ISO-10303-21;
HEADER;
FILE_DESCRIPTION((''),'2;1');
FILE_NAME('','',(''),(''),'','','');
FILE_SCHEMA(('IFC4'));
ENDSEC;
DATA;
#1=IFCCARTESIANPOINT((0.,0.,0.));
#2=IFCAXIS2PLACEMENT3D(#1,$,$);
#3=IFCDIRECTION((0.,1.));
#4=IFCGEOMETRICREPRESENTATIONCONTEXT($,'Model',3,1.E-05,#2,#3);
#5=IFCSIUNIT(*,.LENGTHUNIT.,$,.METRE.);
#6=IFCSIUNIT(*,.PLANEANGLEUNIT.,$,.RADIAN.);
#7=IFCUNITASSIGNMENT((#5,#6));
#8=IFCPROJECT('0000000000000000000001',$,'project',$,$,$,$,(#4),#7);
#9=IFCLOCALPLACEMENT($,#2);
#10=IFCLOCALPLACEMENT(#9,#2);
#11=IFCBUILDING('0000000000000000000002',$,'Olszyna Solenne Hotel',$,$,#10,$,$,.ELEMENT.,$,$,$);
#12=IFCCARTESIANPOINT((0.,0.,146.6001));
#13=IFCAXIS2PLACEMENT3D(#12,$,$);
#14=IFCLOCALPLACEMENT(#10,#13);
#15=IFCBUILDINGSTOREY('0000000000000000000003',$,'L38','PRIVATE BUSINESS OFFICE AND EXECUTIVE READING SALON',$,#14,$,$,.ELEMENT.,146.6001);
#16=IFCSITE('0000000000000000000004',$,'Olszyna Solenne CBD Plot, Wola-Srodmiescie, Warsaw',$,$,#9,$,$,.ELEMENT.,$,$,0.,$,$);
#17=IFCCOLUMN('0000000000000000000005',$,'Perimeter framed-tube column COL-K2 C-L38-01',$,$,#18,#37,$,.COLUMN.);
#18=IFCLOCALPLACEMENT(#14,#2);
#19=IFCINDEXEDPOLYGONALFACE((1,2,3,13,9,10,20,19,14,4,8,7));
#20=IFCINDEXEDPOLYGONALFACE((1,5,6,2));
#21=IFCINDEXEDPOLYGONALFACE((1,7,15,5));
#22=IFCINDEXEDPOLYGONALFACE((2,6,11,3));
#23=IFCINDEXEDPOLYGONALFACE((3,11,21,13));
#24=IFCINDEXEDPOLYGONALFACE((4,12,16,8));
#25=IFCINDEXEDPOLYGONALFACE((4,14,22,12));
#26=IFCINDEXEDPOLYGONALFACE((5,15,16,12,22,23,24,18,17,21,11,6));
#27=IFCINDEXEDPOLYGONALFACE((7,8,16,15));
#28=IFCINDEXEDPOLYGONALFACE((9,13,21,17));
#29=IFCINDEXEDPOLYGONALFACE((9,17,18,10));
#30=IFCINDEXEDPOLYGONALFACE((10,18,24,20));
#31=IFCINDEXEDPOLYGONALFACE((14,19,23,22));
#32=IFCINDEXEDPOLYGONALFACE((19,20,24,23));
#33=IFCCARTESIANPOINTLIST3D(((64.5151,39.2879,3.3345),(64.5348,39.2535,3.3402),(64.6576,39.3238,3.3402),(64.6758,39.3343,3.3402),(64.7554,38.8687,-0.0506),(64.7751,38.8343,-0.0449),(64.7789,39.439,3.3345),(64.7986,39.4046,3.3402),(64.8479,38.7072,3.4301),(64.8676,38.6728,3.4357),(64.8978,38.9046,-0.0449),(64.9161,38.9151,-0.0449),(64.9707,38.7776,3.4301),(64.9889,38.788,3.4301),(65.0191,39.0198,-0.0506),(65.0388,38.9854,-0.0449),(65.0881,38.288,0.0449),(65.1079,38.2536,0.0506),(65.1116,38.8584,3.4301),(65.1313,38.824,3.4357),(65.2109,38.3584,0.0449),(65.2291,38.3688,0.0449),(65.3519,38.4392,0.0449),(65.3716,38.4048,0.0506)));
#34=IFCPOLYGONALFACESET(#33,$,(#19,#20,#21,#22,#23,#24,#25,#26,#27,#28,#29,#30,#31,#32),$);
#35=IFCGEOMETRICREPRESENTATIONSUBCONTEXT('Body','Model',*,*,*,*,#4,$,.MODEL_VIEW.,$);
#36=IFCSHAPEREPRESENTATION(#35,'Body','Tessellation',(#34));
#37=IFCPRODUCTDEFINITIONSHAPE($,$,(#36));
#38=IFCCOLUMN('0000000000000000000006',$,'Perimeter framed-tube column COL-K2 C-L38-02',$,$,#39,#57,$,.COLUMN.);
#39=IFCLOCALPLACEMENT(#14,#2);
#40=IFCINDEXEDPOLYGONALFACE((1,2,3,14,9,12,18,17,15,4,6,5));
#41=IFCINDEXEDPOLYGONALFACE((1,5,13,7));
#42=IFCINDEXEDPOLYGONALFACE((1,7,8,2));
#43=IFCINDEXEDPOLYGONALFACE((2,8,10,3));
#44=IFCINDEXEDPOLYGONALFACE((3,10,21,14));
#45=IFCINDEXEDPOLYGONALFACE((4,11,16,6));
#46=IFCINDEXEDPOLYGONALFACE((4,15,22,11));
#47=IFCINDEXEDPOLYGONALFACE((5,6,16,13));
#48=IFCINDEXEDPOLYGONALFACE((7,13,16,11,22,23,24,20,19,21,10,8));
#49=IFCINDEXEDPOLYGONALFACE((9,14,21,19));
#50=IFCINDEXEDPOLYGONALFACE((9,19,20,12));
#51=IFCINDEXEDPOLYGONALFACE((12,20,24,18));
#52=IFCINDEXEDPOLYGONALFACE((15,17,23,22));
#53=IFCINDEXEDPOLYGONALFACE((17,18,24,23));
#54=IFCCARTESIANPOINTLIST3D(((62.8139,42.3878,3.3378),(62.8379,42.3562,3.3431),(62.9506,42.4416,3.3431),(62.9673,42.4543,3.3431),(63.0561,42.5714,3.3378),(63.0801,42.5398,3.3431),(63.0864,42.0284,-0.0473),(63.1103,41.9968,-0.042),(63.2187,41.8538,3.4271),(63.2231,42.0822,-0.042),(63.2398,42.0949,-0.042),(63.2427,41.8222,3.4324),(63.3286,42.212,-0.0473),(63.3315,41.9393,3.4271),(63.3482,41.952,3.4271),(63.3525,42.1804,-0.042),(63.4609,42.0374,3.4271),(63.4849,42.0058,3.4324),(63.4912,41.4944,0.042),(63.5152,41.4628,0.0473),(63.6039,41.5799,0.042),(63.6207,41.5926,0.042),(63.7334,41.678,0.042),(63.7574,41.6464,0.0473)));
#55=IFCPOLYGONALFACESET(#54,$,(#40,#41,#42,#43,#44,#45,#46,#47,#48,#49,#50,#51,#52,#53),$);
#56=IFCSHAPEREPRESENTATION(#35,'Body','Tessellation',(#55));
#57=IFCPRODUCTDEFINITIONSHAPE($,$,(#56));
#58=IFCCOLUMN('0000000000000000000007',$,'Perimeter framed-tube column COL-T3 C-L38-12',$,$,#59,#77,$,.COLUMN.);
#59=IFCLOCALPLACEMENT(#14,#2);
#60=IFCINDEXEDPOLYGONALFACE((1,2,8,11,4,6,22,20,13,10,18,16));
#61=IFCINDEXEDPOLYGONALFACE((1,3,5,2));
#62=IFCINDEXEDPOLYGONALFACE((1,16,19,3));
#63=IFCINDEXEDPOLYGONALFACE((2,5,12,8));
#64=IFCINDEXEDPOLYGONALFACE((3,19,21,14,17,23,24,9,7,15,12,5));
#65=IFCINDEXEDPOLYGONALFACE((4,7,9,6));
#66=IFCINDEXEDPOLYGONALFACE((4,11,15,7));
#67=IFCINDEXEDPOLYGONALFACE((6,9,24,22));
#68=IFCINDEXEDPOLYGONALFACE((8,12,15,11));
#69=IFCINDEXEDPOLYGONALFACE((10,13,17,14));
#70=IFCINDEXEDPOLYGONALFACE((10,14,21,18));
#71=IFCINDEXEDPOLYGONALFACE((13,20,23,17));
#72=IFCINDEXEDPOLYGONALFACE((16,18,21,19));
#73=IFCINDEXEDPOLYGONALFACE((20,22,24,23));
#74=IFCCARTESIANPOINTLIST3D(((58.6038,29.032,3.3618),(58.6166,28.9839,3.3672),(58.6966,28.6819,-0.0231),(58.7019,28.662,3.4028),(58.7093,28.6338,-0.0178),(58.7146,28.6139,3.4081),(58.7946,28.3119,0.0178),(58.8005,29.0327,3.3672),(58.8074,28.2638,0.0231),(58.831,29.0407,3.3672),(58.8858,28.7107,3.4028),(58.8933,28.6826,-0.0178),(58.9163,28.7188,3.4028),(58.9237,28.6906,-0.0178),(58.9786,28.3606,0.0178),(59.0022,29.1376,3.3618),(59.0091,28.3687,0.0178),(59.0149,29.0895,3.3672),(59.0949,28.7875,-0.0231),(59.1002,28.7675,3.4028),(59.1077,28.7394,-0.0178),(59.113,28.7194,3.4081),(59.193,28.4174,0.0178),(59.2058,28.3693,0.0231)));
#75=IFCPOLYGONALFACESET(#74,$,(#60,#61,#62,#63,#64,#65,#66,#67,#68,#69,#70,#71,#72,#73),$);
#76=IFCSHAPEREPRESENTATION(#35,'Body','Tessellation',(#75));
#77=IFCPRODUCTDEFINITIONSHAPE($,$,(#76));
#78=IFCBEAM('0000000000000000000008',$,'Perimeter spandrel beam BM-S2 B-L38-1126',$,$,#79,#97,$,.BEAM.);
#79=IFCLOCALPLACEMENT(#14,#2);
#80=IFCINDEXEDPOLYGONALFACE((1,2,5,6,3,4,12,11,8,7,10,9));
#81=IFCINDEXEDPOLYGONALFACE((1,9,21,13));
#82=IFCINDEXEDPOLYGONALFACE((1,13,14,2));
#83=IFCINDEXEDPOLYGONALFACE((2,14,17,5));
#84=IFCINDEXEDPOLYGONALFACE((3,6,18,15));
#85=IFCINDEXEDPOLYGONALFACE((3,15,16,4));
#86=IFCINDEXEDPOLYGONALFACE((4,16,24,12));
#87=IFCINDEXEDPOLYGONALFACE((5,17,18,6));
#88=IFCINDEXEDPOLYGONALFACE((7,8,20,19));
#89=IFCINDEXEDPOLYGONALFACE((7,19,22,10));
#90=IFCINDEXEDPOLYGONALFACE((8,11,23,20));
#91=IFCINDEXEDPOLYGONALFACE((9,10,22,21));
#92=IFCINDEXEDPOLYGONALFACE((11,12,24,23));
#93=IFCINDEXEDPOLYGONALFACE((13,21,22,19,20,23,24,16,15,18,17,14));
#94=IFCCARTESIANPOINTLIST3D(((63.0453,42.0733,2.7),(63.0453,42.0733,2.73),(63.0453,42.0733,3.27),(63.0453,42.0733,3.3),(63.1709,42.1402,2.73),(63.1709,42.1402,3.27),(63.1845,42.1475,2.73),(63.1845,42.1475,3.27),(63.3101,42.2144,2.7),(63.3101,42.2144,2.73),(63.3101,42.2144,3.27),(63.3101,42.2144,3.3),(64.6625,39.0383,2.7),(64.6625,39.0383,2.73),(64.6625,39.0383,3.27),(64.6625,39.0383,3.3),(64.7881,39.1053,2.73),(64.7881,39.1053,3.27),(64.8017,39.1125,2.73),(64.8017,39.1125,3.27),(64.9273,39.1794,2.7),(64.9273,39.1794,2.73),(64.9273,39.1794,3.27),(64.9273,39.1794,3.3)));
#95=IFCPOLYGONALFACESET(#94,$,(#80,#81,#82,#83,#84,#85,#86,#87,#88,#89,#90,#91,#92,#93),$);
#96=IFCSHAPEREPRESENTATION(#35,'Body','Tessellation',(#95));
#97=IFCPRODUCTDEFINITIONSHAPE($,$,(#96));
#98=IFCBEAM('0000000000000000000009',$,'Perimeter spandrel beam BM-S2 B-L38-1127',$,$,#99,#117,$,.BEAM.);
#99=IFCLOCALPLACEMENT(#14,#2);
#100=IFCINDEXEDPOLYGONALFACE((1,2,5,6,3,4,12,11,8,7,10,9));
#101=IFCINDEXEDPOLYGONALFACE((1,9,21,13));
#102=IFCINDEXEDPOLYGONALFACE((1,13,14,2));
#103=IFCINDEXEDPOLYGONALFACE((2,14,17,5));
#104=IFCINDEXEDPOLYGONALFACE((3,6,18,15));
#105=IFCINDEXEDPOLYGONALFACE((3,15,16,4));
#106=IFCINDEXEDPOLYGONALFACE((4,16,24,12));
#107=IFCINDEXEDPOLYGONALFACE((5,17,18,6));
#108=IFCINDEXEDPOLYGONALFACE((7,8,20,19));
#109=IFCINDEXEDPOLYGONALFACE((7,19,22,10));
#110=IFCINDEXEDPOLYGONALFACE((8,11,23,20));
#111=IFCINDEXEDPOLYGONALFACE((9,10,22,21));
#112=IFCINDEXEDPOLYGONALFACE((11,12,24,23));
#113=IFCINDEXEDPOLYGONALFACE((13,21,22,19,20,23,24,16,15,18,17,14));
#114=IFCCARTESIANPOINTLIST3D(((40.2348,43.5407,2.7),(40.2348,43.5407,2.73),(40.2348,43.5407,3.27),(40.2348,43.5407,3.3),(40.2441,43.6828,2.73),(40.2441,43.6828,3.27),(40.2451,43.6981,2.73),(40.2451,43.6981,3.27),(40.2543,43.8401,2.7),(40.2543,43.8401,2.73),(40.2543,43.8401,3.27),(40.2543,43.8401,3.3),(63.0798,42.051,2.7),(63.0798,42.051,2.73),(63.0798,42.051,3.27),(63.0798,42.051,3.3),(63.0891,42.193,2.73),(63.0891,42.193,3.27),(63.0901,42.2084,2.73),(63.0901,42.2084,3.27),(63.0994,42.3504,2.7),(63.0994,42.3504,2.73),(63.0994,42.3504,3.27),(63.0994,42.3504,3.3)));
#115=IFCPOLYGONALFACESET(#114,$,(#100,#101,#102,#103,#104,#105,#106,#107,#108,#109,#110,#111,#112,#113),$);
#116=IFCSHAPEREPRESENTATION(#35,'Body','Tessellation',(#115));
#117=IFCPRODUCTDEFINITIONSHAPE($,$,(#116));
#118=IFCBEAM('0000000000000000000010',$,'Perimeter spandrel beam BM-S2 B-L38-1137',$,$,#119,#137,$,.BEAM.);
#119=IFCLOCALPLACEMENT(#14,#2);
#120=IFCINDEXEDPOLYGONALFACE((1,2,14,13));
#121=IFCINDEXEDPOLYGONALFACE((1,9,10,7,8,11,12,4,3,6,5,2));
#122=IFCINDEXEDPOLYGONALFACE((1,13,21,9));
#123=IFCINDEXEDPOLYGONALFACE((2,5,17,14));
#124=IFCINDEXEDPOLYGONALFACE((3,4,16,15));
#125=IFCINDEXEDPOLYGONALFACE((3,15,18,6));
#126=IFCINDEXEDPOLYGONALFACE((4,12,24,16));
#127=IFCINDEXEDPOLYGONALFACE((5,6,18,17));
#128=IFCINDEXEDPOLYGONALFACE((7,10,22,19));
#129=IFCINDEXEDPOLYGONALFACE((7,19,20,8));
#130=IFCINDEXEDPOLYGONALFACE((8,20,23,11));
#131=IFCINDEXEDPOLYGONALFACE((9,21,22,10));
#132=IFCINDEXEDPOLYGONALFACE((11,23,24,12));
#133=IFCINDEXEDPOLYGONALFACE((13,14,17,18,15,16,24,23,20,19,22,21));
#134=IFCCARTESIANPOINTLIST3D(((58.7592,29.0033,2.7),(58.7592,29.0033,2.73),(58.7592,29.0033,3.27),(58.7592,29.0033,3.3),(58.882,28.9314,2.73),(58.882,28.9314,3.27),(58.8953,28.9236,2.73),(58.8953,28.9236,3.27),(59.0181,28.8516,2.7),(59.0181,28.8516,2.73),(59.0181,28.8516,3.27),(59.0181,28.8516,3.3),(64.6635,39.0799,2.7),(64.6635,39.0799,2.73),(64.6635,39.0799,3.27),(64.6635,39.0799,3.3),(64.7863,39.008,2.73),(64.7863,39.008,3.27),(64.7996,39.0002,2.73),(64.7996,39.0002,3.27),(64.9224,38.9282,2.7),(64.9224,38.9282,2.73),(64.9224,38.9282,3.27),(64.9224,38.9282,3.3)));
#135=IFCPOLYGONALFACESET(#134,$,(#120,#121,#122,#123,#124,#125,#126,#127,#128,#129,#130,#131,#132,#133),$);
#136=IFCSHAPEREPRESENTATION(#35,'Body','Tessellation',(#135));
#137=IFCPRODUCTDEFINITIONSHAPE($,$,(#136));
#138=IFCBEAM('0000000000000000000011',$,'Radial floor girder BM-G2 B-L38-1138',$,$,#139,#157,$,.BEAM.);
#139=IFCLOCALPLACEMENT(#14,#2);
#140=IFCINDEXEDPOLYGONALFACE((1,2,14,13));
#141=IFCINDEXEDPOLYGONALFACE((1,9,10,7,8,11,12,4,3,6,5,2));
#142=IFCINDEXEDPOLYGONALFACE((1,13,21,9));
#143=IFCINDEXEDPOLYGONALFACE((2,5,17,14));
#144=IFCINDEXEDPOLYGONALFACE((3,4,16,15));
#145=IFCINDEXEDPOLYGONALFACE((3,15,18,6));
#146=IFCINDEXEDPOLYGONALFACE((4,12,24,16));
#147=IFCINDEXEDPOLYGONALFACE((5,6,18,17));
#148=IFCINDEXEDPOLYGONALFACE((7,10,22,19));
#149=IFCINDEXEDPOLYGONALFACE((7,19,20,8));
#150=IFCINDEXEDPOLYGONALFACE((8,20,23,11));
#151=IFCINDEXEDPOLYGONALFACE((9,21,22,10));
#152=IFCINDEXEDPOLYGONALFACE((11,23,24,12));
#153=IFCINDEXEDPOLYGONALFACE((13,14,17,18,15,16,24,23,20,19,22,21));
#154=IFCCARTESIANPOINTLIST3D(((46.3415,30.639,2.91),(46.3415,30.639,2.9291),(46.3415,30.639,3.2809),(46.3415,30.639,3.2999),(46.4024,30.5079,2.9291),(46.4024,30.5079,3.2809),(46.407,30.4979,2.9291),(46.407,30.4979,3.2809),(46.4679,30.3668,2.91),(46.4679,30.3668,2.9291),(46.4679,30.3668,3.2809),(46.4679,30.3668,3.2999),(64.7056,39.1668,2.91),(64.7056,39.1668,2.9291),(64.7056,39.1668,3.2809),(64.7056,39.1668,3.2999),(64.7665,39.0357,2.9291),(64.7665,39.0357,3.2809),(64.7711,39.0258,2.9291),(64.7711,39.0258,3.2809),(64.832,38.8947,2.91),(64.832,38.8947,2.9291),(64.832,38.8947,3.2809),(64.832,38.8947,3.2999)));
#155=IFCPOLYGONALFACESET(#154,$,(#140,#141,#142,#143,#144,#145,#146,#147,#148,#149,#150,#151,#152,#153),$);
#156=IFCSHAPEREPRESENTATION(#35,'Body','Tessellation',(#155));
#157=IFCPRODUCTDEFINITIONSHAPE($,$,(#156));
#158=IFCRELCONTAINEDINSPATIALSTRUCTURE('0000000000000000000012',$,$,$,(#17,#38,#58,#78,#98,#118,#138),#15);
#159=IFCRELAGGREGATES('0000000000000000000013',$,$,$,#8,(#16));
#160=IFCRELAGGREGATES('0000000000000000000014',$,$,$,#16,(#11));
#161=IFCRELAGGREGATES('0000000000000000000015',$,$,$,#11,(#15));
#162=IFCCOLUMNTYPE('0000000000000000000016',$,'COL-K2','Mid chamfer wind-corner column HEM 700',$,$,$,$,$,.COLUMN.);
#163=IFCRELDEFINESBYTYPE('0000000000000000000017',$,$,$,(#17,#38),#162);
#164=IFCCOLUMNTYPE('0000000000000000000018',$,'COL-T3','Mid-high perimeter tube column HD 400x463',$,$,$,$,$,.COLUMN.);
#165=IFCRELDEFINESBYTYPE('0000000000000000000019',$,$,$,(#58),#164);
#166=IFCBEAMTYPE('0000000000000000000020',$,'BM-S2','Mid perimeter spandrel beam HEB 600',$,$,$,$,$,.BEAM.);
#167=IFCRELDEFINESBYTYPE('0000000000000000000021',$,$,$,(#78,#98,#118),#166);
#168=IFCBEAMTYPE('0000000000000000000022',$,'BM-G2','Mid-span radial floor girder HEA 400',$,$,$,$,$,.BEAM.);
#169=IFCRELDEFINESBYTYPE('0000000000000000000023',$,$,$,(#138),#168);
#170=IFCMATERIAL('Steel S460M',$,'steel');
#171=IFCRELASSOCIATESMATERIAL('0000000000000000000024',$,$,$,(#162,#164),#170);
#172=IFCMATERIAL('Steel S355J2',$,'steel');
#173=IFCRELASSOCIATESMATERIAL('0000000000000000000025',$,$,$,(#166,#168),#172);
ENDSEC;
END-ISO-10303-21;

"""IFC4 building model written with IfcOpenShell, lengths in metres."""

from ifc_helpers import new_model, si_unit, direction, frame, origin, origin_2d, place, context, subcontext, project, spatial, i_section, extrude, source, transform, mapped, material, material_profile, profile_set, type_object, element, save


model = new_model("IFC4")

# Units and contexts
model_context = context("Model", 3, precision=1e-05, world=origin(), true_north=direction((0.0, 1.0)))
body_context = subcontext(model_context, "Body", "Model", "MODEL_VIEW")
ifc_project = project(units=[si_unit("LENGTHUNIT", "METRE"), si_unit("PLANEANGLEUNIT", "RADIAN")], contexts=[model_context])

# Site, building, storey
site_placement = place(None, origin())
site = spatial("IfcSite", under=ifc_project, at=site_placement, Name="Olszyna Solenne CBD Plot, Wola-Srodmiescie, Warsaw", CompositionType="ELEMENT", RefElevation=0.0)
building_placement = place(site_placement, origin())
building = spatial("IfcBuilding", under=site, at=building_placement, Name="Olszyna Solenne Hotel", CompositionType="ELEMENT")
storey_placement = place(building_placement, frame((0.0, 0.0, 146.6001)))
storey = spatial("IfcBuildingStorey", under=building, at=storey_placement, Name="L38", Description="PRIVATE BUSINESS OFFICE AND EXECUTIVE READING SALON", CompositionType="ELEMENT", Elevation=146.6001)

# Columns
ifc_material_1 = material(Name="Steel S460M", Category="steel")
ifc_material_profile_1 = material_profile(ifc_material_1, i_section(OverallWidth=0.304, OverallDepth=0.7161, WebThickness=0.021, FlangeThickness=0.04, at=origin_2d()), Name="HEM 700", Category="load-bearing")
ifc_profile_set_1 = profile_set([ifc_material_profile_1], Name="Steel S460M")
column_type_1 = type_object("IfcColumnType", Name="COL-K2", Description="Mid chamfer wind-corner column HEM 700", PredefinedType="COLUMN", material=ifc_profile_set_1)
shared_shape_1 = source(origin(), body_context, "Body", "SweptSolid", [
    extrude(i_section(OverallWidth=0.304, OverallDepth=0.7161, WebThickness=0.021, FlangeThickness=0.04, at=origin_2d()), origin(), (0.0, 0.0, 1.0), 3.4194),
])
column_1_placement = place(storey_placement, frame((65.0635, 38.6367, 0.0), z_axis=(-0.070258, 0.122595, 0.989967), x_axis=(-0.867621, -0.497227, 0.0)))
element("IfcColumn", 1, at=column_1_placement, inside=storey, type_object=column_type_1, Name="Perimeter framed-tube column COL-K2 C-L38-01", PredefinedType="COLUMN", context=body_context, shape_type="MappedRepresentation", body=[
    mapped(shared_shape_1, transform((0.0, 0.0, 0.0), x_axis=(1.0, 0.0, 0.0), y_axis=(0.0, 1.0, 0.0), z_axis=(0.0, 0.0, 1.0), scale=1.0)),
])
shared_shape_2 = source(origin(), body_context, "Body", "SweptSolid", [
    extrude(i_section(OverallWidth=0.304, OverallDepth=0.7161, WebThickness=0.021, FlangeThickness=0.04, at=origin_2d()), origin(), (0.0, 0.0, 1.0), 3.415),
])
column_2_placement = place(storey_placement, frame((63.4219, 41.8374, 0.0), z_axis=(-0.079785, 0.105237, 0.991241), x_axis=(-0.796871, -0.604149, 0.0)))
element("IfcColumn", 2, at=column_2_placement, inside=storey, type_object=column_type_1, Name="Perimeter framed-tube column COL-K2 C-L38-02", PredefinedType="COLUMN", context=body_context, shape_type="MappedRepresentation", body=[
    mapped(shared_shape_2, transform((0.0, 0.0, 0.0), x_axis=(1.0, 0.0, 0.0), y_axis=(0.0, 1.0, 0.0), z_axis=(0.0, 0.0, 1.0), scale=1.0)),
])
ifc_material_profile_2 = material_profile(ifc_material_1, i_section(OverallWidth=0.4121, OverallDepth=0.4351, WebThickness=0.0315, FlangeThickness=0.05, at=origin_2d()), Name="HD 400x463", Category="load-bearing")
ifc_profile_set_2 = profile_set([ifc_material_profile_2], Name="Steel S460M")
column_type_2 = type_object("IfcColumnType", Name="COL-T3", Description="Mid-high perimeter tube column HD 400x463", PredefinedType="COLUMN", material=ifc_profile_set_2)
shared_shape_3 = source(origin(), body_context, "Body", "SweptSolid", [
    extrude(i_section(OverallWidth=0.4121, OverallDepth=0.4351, WebThickness=0.0315, FlangeThickness=0.05, at=origin_2d()), origin(), (0.0, 0.0, 1.0), 3.4043),
])
column_3_placement = place(storey_placement, frame((58.9512, 28.5256, 0.0), z_axis=(-0.027252, 0.102839, 0.994325), x_axis=(-0.966637, -0.256152, 0.0)))
element("IfcColumn", 3, at=column_3_placement, inside=storey, type_object=column_type_2, Name="Perimeter framed-tube column COL-T3 C-L38-12", PredefinedType="COLUMN", context=body_context, shape_type="MappedRepresentation", body=[
    mapped(shared_shape_3, transform((0.0, 0.0, 0.0), x_axis=(1.0, 0.0, 0.0), y_axis=(0.0, 1.0, 0.0), z_axis=(0.0, 0.0, 1.0), scale=1.0)),
])

# Beams
ifc_material_2 = material(Name="Steel S355J2", Category="steel")
ifc_material_profile_3 = material_profile(ifc_material_2, i_section(OverallWidth=0.3, OverallDepth=0.6001, WebThickness=0.0154, FlangeThickness=0.03, at=origin_2d()), Name="HEB 600", Category="load-bearing")
ifc_profile_set_3 = profile_set([ifc_material_profile_3], Name="Steel S355J2")
beam_type_1 = type_object("IfcBeamType", Name="BM-S2", Description="Mid perimeter spandrel beam HEB 600", PredefinedType="BEAM", material=ifc_profile_set_3)
shared_shape_4 = source(origin(), body_context, "Body", "SweptSolid", [
    extrude(i_section(OverallWidth=0.3, OverallDepth=0.6001, WebThickness=0.0154, FlangeThickness=0.03, at=origin_2d()), origin(), (0.0, 0.0, 1.0), 3.439),
])
beam_1_placement = place(storey_placement, frame((64.7949, 39.1089, 3.0), z_axis=(-0.470264, 0.882526, 0.0), x_axis=(-0.882526, -0.470264, 0.0)))
element("IfcBeam", 4, at=beam_1_placement, inside=storey, type_object=beam_type_1, Name="Perimeter spandrel beam BM-S2 B-L38-1126", PredefinedType="BEAM", context=body_context, shape_type="MappedRepresentation", body=[
    mapped(shared_shape_4, transform((0.0, 0.0, 0.0), x_axis=(1.0, 0.0, 0.0), y_axis=(0.0, 1.0, 0.0), z_axis=(0.0, 0.0, 1.0), scale=1.0)),
])
shared_shape_5 = source(origin(), body_context, "Body", "SweptSolid", [
    extrude(i_section(OverallWidth=0.3, OverallDepth=0.6001, WebThickness=0.0154, FlangeThickness=0.03, at=origin_2d()), origin(), (0.0, 0.0, 1.0), 22.8936),
])
beam_2_placement = place(storey_placement, frame((63.0896, 42.2007, 3.0), z_axis=(-0.997881, 0.065073, 0.0), x_axis=(-0.065073, -0.997881, 0.0)))
element("IfcBeam", 5, at=beam_2_placement, inside=storey, type_object=beam_type_1, Name="Perimeter spandrel beam BM-S2 B-L38-1127", PredefinedType="BEAM", context=body_context, shape_type="MappedRepresentation", body=[
    mapped(shared_shape_5, transform((0.0, 0.0, 0.0), x_axis=(1.0, 0.0, 0.0), y_axis=(0.0, 1.0, 0.0), z_axis=(0.0, 0.0, 1.0), scale=1.0)),
])
shared_shape_6 = source(origin(), body_context, "Body", "SweptSolid", [
    extrude(i_section(OverallWidth=0.3, OverallDepth=0.6001, WebThickness=0.0154, FlangeThickness=0.03, at=origin_2d()), origin(), (0.0, 0.0, 1.0), 11.679),
])
beam_3_placement = place(storey_placement, frame((58.8887, 28.9275, 3.0), z_axis=(0.505547, 0.862799, 0.0), x_axis=(-0.862799, 0.505547, 0.0)))
element("IfcBeam", 6, at=beam_3_placement, inside=storey, type_object=beam_type_1, Name="Perimeter spandrel beam BM-S2 B-L38-1137", PredefinedType="BEAM", context=body_context, shape_type="MappedRepresentation", body=[
    mapped(shared_shape_6, transform((0.0, 0.0, 0.0), x_axis=(1.0, 0.0, 0.0), y_axis=(0.0, 1.0, 0.0), z_axis=(0.0, 0.0, 1.0), scale=1.0)),
])
ifc_material_profile_4 = material_profile(ifc_material_2, i_section(OverallWidth=0.3, OverallDepth=0.3899, WebThickness=0.011, FlangeThickness=0.019, at=origin_2d()), Name="HEA 400", Category="load-bearing")
ifc_profile_set_4 = profile_set([ifc_material_profile_4], Name="Steel S355J2")
beam_type_2 = type_object("IfcBeamType", Name="BM-G2", Description="Mid-span radial floor girder HEA 400", PredefinedType="BEAM", material=ifc_profile_set_4)
shared_shape_7 = source(origin(), body_context, "Body", "SweptSolid", [
    extrude(i_section(OverallWidth=0.3, OverallDepth=0.3899, WebThickness=0.011, FlangeThickness=0.019, at=origin_2d()), origin(), (0.0, 0.0, 1.0), 20.2476),
])
beam_4_placement = place(storey_placement, frame((64.7688, 39.0308, 3.105), z_axis=(-0.906977, -0.42118, 0.0), x_axis=(0.42118, -0.906977, 0.0)))
element("IfcBeam", 7, at=beam_4_placement, inside=storey, type_object=beam_type_2, Name="Radial floor girder BM-G2 B-L38-1138", PredefinedType="BEAM", context=body_context, shape_type="MappedRepresentation", body=[
    mapped(shared_shape_7, transform((0.0, 0.0, 0.0), x_axis=(1.0, 0.0, 0.0), y_axis=(0.0, 1.0, 0.0), z_axis=(0.0, 0.0, 1.0), scale=1.0)),
])

save(model, "model.ifc")
